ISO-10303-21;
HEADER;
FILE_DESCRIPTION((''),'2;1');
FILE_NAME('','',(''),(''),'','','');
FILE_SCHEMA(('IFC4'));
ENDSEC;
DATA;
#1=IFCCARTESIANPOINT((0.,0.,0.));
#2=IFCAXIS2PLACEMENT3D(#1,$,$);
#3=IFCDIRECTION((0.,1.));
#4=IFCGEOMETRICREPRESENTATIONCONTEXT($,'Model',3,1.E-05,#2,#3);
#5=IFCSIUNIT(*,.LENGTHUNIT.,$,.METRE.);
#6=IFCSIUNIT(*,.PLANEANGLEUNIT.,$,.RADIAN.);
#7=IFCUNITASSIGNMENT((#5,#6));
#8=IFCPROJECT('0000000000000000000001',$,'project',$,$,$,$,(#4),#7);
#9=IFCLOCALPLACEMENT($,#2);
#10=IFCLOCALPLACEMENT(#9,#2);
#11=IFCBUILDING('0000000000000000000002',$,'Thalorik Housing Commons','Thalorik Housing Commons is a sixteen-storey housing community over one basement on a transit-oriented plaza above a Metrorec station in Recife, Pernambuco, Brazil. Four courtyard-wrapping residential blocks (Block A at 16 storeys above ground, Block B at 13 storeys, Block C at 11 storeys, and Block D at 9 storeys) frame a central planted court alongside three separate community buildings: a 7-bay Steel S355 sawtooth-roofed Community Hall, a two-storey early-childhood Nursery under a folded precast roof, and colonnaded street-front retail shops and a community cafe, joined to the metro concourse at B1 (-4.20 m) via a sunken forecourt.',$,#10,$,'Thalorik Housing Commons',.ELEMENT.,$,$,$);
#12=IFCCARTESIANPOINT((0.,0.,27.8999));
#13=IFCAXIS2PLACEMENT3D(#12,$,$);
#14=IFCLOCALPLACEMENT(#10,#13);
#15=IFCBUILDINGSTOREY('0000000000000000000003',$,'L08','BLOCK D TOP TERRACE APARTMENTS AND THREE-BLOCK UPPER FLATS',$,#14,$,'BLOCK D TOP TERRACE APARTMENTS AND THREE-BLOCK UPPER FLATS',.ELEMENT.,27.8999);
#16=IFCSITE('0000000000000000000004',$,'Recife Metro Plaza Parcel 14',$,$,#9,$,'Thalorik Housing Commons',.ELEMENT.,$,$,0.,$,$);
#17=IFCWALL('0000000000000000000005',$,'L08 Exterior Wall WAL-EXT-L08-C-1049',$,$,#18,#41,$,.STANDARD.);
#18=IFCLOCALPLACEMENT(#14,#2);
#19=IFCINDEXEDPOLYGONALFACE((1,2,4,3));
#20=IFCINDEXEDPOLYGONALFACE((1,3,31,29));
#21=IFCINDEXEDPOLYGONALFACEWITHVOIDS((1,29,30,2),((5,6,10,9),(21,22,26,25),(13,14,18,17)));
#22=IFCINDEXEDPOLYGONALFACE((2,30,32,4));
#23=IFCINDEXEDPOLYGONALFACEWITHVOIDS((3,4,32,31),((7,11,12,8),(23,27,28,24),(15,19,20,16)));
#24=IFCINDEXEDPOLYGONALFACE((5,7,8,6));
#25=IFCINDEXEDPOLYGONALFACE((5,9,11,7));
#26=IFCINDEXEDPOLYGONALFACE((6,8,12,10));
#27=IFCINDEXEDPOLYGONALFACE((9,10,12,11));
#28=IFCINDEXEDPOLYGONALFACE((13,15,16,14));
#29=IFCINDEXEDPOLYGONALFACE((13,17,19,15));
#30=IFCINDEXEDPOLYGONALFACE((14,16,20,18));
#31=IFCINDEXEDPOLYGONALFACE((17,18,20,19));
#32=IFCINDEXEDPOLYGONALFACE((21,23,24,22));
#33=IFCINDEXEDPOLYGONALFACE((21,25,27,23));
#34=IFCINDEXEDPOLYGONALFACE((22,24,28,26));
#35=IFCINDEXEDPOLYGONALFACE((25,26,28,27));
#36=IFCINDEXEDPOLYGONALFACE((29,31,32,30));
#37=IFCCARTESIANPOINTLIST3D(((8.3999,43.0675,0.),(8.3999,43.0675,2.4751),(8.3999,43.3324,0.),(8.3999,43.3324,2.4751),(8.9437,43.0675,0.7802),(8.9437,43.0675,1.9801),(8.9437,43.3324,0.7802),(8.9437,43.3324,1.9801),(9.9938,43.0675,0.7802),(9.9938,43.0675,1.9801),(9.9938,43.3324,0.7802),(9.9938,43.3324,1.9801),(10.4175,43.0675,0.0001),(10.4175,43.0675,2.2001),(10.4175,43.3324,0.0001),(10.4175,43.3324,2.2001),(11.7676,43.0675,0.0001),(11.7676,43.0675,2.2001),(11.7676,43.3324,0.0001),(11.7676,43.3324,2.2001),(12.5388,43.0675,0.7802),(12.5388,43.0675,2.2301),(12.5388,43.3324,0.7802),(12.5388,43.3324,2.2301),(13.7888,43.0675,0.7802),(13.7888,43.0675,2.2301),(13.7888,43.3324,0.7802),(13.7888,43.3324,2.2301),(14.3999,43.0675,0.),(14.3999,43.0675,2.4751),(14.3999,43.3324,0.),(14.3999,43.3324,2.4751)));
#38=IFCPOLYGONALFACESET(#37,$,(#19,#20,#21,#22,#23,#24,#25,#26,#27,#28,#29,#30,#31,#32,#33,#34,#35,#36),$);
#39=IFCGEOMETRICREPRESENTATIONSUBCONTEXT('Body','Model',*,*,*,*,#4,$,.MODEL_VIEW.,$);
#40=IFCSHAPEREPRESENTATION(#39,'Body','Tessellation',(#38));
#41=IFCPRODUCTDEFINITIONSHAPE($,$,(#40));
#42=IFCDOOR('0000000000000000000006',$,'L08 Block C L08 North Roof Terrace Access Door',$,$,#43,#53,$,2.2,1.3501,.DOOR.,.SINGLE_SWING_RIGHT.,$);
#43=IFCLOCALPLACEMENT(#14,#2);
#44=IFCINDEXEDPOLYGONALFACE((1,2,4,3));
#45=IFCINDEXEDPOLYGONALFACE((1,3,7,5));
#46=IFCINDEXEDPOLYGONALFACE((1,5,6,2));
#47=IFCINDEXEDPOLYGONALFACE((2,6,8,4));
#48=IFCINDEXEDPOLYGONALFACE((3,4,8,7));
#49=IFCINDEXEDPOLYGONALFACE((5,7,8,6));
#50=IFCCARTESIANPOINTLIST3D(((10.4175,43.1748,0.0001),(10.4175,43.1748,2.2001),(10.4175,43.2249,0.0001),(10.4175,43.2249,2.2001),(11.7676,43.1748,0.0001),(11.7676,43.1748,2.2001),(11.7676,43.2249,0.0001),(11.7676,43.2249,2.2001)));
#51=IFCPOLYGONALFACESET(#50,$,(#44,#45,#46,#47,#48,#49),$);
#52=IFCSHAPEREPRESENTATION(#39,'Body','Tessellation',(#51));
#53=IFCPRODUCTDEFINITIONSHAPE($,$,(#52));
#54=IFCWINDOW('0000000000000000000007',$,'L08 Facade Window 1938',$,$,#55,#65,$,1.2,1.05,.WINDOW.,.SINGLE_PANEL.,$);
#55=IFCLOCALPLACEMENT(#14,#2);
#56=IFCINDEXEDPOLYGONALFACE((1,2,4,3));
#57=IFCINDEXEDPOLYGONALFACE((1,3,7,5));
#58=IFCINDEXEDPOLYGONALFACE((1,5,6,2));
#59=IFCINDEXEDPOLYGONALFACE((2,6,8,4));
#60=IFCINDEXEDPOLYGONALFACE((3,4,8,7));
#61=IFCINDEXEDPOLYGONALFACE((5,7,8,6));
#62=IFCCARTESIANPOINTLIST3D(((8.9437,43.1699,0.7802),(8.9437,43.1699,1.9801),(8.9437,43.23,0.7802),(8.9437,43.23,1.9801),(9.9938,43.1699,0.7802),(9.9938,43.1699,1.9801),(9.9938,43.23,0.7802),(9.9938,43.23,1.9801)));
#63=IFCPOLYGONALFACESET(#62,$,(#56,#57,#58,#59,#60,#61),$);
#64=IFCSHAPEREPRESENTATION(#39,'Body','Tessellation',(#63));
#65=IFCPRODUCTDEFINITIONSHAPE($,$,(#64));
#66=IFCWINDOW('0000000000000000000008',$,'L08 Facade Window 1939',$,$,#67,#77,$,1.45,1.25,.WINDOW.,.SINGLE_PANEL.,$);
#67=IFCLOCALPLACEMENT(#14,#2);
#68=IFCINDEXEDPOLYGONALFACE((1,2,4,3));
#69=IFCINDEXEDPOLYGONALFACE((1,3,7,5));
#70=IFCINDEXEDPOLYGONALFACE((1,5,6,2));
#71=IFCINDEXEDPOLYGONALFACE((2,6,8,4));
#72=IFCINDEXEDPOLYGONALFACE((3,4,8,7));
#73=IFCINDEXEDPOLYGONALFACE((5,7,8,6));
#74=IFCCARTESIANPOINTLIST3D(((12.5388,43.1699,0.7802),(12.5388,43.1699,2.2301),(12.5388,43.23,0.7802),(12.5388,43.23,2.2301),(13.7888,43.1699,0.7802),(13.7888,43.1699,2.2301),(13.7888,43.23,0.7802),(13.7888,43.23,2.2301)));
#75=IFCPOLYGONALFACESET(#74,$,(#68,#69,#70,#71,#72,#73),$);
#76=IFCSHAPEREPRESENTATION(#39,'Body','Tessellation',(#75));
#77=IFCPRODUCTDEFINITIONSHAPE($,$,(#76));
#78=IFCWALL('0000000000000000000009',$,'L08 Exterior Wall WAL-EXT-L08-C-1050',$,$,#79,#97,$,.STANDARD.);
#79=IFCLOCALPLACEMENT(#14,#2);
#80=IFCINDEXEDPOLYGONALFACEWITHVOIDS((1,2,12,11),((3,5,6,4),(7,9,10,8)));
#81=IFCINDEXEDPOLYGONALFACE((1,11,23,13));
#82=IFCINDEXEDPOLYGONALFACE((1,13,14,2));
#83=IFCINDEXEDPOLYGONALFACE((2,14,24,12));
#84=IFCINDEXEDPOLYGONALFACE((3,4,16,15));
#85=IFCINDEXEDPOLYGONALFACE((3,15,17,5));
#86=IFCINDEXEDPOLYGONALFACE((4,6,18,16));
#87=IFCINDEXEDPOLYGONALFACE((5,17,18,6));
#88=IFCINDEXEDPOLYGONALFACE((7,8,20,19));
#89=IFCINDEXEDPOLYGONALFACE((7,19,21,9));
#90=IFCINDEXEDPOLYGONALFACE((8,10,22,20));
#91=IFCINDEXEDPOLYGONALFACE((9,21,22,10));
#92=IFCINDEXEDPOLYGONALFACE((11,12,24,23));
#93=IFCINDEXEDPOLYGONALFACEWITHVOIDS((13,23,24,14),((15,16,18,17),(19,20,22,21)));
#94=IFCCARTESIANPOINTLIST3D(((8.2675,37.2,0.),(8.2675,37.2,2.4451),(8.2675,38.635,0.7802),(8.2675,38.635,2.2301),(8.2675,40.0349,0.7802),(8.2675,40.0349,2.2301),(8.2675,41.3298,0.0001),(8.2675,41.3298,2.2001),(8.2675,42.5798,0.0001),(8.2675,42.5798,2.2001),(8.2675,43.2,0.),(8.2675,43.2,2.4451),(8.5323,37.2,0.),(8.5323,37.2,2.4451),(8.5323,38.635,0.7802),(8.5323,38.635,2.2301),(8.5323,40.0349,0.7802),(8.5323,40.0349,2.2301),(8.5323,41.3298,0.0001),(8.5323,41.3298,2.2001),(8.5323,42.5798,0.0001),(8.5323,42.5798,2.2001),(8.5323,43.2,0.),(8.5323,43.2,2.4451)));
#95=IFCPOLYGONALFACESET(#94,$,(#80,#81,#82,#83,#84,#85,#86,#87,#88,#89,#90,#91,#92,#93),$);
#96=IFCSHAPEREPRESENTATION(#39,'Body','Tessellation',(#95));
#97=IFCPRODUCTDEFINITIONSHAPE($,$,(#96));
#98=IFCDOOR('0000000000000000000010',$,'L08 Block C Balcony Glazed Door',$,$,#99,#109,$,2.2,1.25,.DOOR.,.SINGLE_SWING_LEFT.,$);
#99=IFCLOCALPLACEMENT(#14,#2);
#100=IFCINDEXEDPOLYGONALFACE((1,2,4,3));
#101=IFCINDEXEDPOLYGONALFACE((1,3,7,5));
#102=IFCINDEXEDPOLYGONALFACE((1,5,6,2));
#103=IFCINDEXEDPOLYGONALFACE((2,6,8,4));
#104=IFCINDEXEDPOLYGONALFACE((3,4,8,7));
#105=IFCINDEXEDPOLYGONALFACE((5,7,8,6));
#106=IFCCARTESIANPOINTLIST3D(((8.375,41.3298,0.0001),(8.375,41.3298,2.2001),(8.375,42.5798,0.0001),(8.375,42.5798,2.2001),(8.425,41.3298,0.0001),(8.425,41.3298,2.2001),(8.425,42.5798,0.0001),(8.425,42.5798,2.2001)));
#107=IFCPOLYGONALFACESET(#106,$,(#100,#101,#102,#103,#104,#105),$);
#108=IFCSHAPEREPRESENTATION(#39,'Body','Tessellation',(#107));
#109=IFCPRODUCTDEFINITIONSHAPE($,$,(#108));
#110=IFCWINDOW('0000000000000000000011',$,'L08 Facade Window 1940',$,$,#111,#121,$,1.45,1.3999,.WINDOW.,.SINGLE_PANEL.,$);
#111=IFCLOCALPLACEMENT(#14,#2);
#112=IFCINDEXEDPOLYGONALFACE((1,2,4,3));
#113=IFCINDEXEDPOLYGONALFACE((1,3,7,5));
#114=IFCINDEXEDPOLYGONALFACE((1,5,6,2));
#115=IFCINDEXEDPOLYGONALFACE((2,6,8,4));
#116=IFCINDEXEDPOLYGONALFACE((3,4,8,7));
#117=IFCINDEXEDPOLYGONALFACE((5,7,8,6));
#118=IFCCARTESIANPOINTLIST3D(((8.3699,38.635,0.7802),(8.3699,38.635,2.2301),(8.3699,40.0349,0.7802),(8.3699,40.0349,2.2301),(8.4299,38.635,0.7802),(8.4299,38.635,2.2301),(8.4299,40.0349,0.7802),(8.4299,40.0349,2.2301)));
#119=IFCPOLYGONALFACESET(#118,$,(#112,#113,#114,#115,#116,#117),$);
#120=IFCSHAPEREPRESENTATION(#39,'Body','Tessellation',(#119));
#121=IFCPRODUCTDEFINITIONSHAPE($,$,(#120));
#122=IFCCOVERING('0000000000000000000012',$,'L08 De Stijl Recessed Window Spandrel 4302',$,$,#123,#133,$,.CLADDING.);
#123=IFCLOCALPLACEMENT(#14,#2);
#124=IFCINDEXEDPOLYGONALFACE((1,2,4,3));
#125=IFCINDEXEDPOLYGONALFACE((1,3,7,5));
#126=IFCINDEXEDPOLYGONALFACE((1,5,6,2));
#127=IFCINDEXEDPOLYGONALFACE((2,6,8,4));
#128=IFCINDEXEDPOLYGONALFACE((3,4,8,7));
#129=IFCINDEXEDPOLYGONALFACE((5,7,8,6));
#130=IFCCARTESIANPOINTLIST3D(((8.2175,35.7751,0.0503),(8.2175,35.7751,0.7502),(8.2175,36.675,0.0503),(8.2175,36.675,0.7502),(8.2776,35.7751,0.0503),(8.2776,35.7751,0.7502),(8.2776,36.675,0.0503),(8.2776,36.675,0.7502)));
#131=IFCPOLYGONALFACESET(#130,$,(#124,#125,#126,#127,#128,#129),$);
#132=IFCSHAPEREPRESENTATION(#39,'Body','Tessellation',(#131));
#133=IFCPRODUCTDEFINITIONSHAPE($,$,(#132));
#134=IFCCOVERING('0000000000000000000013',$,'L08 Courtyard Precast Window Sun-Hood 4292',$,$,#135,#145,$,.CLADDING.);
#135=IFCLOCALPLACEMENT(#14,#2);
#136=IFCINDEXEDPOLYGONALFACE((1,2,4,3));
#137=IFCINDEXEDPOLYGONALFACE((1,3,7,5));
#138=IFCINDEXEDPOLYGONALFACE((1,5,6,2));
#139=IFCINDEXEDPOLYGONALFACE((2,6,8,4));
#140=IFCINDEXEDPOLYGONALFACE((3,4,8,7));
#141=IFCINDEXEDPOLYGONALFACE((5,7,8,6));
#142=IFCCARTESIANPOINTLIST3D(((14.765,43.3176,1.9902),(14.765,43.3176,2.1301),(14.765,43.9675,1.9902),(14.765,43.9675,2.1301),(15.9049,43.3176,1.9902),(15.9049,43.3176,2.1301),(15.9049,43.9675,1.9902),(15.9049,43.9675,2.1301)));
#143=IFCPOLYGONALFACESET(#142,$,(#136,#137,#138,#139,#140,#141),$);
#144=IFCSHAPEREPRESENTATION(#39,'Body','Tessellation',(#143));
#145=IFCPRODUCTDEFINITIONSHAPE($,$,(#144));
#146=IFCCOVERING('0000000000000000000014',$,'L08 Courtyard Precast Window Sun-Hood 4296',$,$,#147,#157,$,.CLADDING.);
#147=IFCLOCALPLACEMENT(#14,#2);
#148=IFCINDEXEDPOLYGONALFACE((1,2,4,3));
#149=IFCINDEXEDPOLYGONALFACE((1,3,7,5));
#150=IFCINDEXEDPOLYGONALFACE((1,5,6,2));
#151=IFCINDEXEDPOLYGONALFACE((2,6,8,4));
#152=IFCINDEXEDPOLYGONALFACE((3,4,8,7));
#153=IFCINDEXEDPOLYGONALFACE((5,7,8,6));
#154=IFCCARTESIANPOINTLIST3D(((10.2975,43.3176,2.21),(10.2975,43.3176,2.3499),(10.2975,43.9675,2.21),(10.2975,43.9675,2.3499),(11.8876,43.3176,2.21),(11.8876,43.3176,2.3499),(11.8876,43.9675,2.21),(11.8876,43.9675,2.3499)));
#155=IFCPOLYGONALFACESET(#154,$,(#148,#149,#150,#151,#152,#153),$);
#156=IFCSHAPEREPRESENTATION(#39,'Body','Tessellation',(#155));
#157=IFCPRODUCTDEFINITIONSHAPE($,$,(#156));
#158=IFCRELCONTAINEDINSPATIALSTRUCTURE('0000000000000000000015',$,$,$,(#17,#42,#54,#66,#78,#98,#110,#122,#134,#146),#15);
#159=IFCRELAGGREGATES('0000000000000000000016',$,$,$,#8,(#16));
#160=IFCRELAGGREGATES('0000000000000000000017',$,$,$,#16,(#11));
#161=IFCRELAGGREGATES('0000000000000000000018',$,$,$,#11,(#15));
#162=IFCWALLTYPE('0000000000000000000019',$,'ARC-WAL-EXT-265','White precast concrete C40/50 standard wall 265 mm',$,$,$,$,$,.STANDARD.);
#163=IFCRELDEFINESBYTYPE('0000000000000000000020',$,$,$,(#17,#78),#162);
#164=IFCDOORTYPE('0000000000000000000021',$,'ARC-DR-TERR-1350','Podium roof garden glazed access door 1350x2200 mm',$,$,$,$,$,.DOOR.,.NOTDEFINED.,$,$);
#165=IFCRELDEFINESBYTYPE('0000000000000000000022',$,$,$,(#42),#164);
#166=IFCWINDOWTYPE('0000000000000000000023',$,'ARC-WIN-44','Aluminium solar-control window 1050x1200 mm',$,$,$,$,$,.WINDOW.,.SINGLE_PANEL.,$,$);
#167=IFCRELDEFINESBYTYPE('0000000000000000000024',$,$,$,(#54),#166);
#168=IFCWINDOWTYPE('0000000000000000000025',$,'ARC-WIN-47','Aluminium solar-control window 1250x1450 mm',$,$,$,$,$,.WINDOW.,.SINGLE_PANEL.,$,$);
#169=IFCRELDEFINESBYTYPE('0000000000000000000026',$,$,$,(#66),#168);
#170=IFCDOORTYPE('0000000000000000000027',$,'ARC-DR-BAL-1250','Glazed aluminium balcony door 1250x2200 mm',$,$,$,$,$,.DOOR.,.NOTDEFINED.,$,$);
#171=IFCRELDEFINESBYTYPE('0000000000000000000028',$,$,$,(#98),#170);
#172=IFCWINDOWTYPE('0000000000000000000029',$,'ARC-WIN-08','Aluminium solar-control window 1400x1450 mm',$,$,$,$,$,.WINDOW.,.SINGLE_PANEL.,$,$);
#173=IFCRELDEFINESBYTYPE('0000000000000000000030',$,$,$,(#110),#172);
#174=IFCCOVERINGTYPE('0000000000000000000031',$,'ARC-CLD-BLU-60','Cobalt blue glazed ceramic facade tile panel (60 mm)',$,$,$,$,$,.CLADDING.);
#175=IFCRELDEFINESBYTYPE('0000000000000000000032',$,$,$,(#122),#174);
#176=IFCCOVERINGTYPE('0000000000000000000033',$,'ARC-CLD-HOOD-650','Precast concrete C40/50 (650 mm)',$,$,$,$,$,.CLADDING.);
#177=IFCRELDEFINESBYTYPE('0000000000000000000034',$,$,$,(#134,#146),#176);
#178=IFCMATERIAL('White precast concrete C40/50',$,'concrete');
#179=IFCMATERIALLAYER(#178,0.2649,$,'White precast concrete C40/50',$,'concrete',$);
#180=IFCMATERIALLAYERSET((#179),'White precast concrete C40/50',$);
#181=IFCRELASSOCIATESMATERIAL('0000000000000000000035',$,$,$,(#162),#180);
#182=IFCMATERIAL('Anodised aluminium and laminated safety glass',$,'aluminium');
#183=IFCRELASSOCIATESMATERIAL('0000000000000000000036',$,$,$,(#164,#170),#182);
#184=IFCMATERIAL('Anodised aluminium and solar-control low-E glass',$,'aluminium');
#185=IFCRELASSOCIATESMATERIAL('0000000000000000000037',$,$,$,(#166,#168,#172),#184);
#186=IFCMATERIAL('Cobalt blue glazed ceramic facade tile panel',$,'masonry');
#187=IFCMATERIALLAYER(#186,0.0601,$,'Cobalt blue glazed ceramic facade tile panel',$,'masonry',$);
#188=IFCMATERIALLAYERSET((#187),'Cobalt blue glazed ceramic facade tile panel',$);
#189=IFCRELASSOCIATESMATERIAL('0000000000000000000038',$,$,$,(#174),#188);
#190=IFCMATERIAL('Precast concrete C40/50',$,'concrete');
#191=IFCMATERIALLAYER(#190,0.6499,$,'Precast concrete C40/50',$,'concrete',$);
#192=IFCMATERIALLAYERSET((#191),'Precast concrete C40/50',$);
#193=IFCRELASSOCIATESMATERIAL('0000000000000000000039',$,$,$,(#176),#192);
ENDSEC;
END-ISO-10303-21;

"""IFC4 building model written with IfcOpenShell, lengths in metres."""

from ifc_helpers import new_model, si_unit, direction, frame, frame_2d, origin, origin_2d, place, context, subcontext, project, spatial, rectangle, extrude, material, layer, layer_set, type_object, element, fill, save


model = new_model("IFC4")

# Units and contexts
model_context = context("Model", 3, precision=1e-05, world=origin(), true_north=direction((0.0, 1.0)))
body_context = subcontext(model_context, "Body", "Model", "MODEL_VIEW")
ifc_project = project(units=[si_unit("LENGTHUNIT", "METRE"), si_unit("PLANEANGLEUNIT", "RADIAN")], contexts=[model_context])

# Site, building, storey
site_placement = place(None, origin())
site = spatial("IfcSite", under=ifc_project, at=site_placement, Name="Recife Metro Plaza Parcel 14", LongName="Thalorik Housing Commons", CompositionType="ELEMENT", RefElevation=0.0)
building_placement = place(site_placement, origin())
building = spatial("IfcBuilding", under=site, at=building_placement, Name="Thalorik Housing Commons", Description="Thalorik Housing Commons is a sixteen-storey housing community over one basement on a transit-oriented plaza above a Metrorec station in Recife, Pernambuco, Brazil. Four courtyard-wrapping residential blocks (Block A at 16 storeys above ground, Block B at 13 storeys, Block C at 11 storeys, and Block D at 9 storeys) frame a central planted court alongside three separate community buildings: a 7-bay Steel S355 sawtooth-roofed Community Hall, a two-storey early-childhood Nursery under a folded precast roof, and colonnaded street-front retail shops and a community cafe, joined to the metro concourse at B1 (-4.20 m) via a sunken forecourt.", LongName="Thalorik Housing Commons", CompositionType="ELEMENT")
storey_placement = place(building_placement, frame((0.0, 0.0, 27.8999)))
storey = spatial("IfcBuildingStorey", under=building, at=storey_placement, Name="L08", Description="BLOCK D TOP TERRACE APARTMENTS AND THREE-BLOCK UPPER FLATS", LongName="BLOCK D TOP TERRACE APARTMENTS AND THREE-BLOCK UPPER FLATS", CompositionType="ELEMENT", Elevation=27.8999)

# Shared definitions
ifc_material_1 = material(Name="Precast concrete C40/50", Category="concrete")

# Wall, openings, door, windows
ifc_material_2 = material(Name="White precast concrete C40/50", Category="concrete")
ifc_layer_1 = layer(ifc_material_2, 0.2649, Name="White precast concrete C40/50", Category="concrete")
ifc_layer_set_1 = layer_set([ifc_layer_1], Name="White precast concrete C40/50")
wall_type = type_object("IfcWallType", Name="ARC-WAL-EXT-265", Description="White precast concrete C40/50 standard wall 265 mm", PredefinedType="STANDARD", material=ifc_layer_set_1)
wall_1_placement = place(storey_placement, frame((14.3999, 43.2, 0.0), z_axis=(0.0, 0.0, 1.0), x_axis=(-1.0, 0.0, 0.0)))
wall_1 = element("IfcWall", 1, at=wall_1_placement, inside=storey, type_object=wall_type, Name="L08 Exterior Wall WAL-EXT-L08-C-1049", PredefinedType="STANDARD", context=body_context, shape_type="SweptSolid", body=[
    extrude(rectangle(XDim=6.0, YDim=0.2649, at=frame_2d((3.0, 0.0))), origin(), (0.0, 0.0, 1.0), 2.4751),
])
opening_1_placement = place(wall_1_placement, frame((2.6323, 0.0, 0.0)))
opening_1 = element("IfcOpeningElement", 2, at=opening_1_placement, cuts=wall_1, PredefinedType="OPENING", context=body_context, shape_type="SweptSolid", body=[
    extrude(rectangle(XDim=1.3501, YDim=2.2, at=frame_2d((0.675, 1.1001))), frame((0.0, 0.1426, 0.0), z_axis=(0.0, -1.0, 0.0), x_axis=(1.0, 0.0, 0.0)), (0.0, 0.0, 1.0), 0.2849),
])
opening_2_placement = place(wall_1_placement, frame((4.4062, 0.0, 0.78)))
opening_2 = element("IfcOpeningElement", 3, at=opening_2_placement, cuts=wall_1, PredefinedType="OPENING", context=body_context, shape_type="SweptSolid", body=[
    extrude(rectangle(XDim=1.05, YDim=1.2, at=frame_2d((0.5249, 0.6001))), frame((0.0, 0.1426, 0.0), z_axis=(0.0, -1.0, 0.0), x_axis=(1.0, 0.0, 0.0)), (0.0, 0.0, 1.0), 0.2849),
])
opening_3_placement = place(wall_1_placement, frame((0.6111, 0.0, 0.78)))
opening_3 = element("IfcOpeningElement", 4, at=opening_3_placement, cuts=wall_1, PredefinedType="OPENING", context=body_context, shape_type="SweptSolid", body=[
    extrude(rectangle(XDim=1.25, YDim=1.45, at=frame_2d((0.625, 0.7251))), frame((0.0, 0.1426, 0.0), z_axis=(0.0, -1.0, 0.0), x_axis=(1.0, 0.0, 0.0)), (0.0, 0.0, 1.0), 0.2849),
])
ifc_material_3 = material(Name="Anodised aluminium and laminated safety glass", Category="aluminium")
door_type_1 = type_object("IfcDoorType", Name="ARC-DR-TERR-1350", Description="Podium roof garden glazed access door 1350x2200 mm", OperationType="NOTDEFINED", PredefinedType="DOOR", material=ifc_material_3)
door_1_placement = place(opening_1_placement, frame((1.3501, 0.0, 0.0), z_axis=(0.0, 0.0, 1.0), x_axis=(-1.0, 0.0, 0.0)))
door_1 = element("IfcDoor", 5, at=door_1_placement, inside=storey, type_object=door_type_1, Name="L08 Block C L08 North Roof Terrace Access Door", OperationType="SINGLE_SWING_RIGHT", OverallHeight=2.2, OverallWidth=1.3501, PredefinedType="DOOR", context=body_context, shape_type="SweptSolid", body=[
    extrude(rectangle(XDim=1.3501, YDim=2.2, at=frame_2d((0.675, 1.1001))), frame((0.0, 0.0249, 0.0), z_axis=(0.0, -1.0, 0.0), x_axis=(1.0, 0.0, 0.0)), (0.0, 0.0, 1.0), 0.05),
])
fill(opening_1, door_1)
ifc_material_4 = material(Name="Anodised aluminium and solar-control low-E glass", Category="aluminium")
window_type_1 = type_object("IfcWindowType", Name="ARC-WIN-44", Description="Aluminium solar-control window 1050x1200 mm", PartitioningType="SINGLE_PANEL", PredefinedType="WINDOW", material=ifc_material_4)
window_1_placement = place(opening_2_placement, origin())
window_1 = element("IfcWindow", 6, at=window_1_placement, inside=storey, type_object=window_type_1, Name="L08 Facade Window 1938", OverallHeight=1.2, OverallWidth=1.05, PartitioningType="SINGLE_PANEL", PredefinedType="WINDOW", context=body_context, shape_type="SweptSolid", body=[
    extrude(rectangle(XDim=1.05, YDim=1.2, at=frame_2d((0.5249, 0.6001))), frame((0.0, 0.03, 0.0), z_axis=(0.0, -1.0, 0.0), x_axis=(1.0, 0.0, 0.0)), (0.0, 0.0, 1.0), 0.0601),
])
fill(opening_2, window_1)
window_type_2 = type_object("IfcWindowType", Name="ARC-WIN-47", Description="Aluminium solar-control window 1250x1450 mm", PartitioningType="SINGLE_PANEL", PredefinedType="WINDOW", material=ifc_material_4)
window_2_placement = place(opening_3_placement, origin())
window_2 = element("IfcWindow", 7, at=window_2_placement, inside=storey, type_object=window_type_2, Name="L08 Facade Window 1939", OverallHeight=1.45, OverallWidth=1.25, PartitioningType="SINGLE_PANEL", PredefinedType="WINDOW", context=body_context, shape_type="SweptSolid", body=[
    extrude(rectangle(XDim=1.25, YDim=1.45, at=frame_2d((0.625, 0.7251))), frame((0.0, 0.03, 0.0), z_axis=(0.0, -1.0, 0.0), x_axis=(1.0, 0.0, 0.0)), (0.0, 0.0, 1.0), 0.0601),
])
fill(opening_3, window_2)

# Wall, openings, door, window
wall_2_placement = place(storey_placement, frame((8.3999, 43.2, 0.0), z_axis=(0.0, 0.0, 1.0), x_axis=(0.0, -1.0, 0.0)))
wall_2 = element("IfcWall", 8, at=wall_2_placement, inside=storey, type_object=wall_type, Name="L08 Exterior Wall WAL-EXT-L08-C-1050", PredefinedType="STANDARD", context=body_context, shape_type="SweptSolid", body=[
    extrude(rectangle(XDim=6.0, YDim=0.2649, at=frame_2d((3.0, 0.0))), origin(), (0.0, 0.0, 1.0), 2.4451),
])
opening_4_placement = place(wall_2_placement, frame((0.6201, 0.0, 0.0)))
opening_4 = element("IfcOpeningElement", 9, at=opening_4_placement, cuts=wall_2, PredefinedType="OPENING", context=body_context, shape_type="SweptSolid", body=[
    extrude(rectangle(XDim=1.25, YDim=2.2, at=frame_2d((0.625, 1.1001))), frame((0.0, 0.1426, 0.0), z_axis=(0.0, -1.0, 0.0), x_axis=(1.0, 0.0, 0.0)), (0.0, 0.0, 1.0), 0.2849),
])
opening_5_placement = place(wall_2_placement, frame((3.165, 0.0, 0.78)))
opening_5 = element("IfcOpeningElement", 10, at=opening_5_placement, cuts=wall_2, PredefinedType="OPENING", context=body_context, shape_type="SweptSolid", body=[
    extrude(rectangle(XDim=1.3999, YDim=1.45, at=frame_2d((0.7, 0.7251))), frame((0.0, 0.1426, 0.0), z_axis=(0.0, -1.0, 0.0), x_axis=(1.0, 0.0, 0.0)), (0.0, 0.0, 1.0), 0.2849),
])
door_type_2 = type_object("IfcDoorType", Name="ARC-DR-BAL-1250", Description="Glazed aluminium balcony door 1250x2200 mm", OperationType="NOTDEFINED", PredefinedType="DOOR", material=ifc_material_3)
door_2_placement = place(opening_4_placement, frame((1.25, 0.0, 0.0), z_axis=(0.0, 0.0, 1.0), x_axis=(-1.0, 0.0, 0.0)))
door_2 = element("IfcDoor", 11, at=door_2_placement, inside=storey, type_object=door_type_2, Name="L08 Block C Balcony Glazed Door", OperationType="SINGLE_SWING_LEFT", OverallHeight=2.2, OverallWidth=1.25, PredefinedType="DOOR", context=body_context, shape_type="SweptSolid", body=[
    extrude(rectangle(XDim=1.25, YDim=2.2, at=frame_2d((0.625, 1.1001))), frame((0.0, 0.0249, 0.0), z_axis=(0.0, -1.0, 0.0), x_axis=(1.0, 0.0, 0.0)), (0.0, 0.0, 1.0), 0.05),
])
fill(opening_4, door_2)
window_type_3 = type_object("IfcWindowType", Name="ARC-WIN-08", Description="Aluminium solar-control window 1400x1450 mm", PartitioningType="SINGLE_PANEL", PredefinedType="WINDOW", material=ifc_material_4)
window_3_placement = place(opening_5_placement, origin())
window_3 = element("IfcWindow", 12, at=window_3_placement, inside=storey, type_object=window_type_3, Name="L08 Facade Window 1940", OverallHeight=1.45, OverallWidth=1.3999, PartitioningType="SINGLE_PANEL", PredefinedType="WINDOW", context=body_context, shape_type="SweptSolid", body=[
    extrude(rectangle(XDim=1.3999, YDim=1.45, at=frame_2d((0.7, 0.7251))), frame((0.0, 0.03, 0.0), z_axis=(0.0, -1.0, 0.0), x_axis=(1.0, 0.0, 0.0)), (0.0, 0.0, 1.0), 0.0601),
])
fill(opening_5, window_3)

# Coverings
ifc_material_5 = material(Name="Cobalt blue glazed ceramic facade tile panel", Category="masonry")
ifc_layer_2 = layer(ifc_material_5, 0.0601, Name="Cobalt blue glazed ceramic facade tile panel", Category="masonry")
ifc_layer_set_2 = layer_set([ifc_layer_2], Name="Cobalt blue glazed ceramic facade tile panel")
covering_type_1 = type_object("IfcCoveringType", Name="ARC-CLD-BLU-60", Description="Cobalt blue glazed ceramic facade tile panel (60 mm)", PredefinedType="CLADDING", material=ifc_layer_set_2)
covering_1_placement = place(storey_placement, frame((8.2476, 36.2251, 0.0503), z_axis=(0.0, 0.0, 1.0), x_axis=(0.0, -1.0, 0.0)))
element("IfcCovering", 13, at=covering_1_placement, inside=storey, type_object=covering_type_1, Name="L08 De Stijl Recessed Window Spandrel 4302", PredefinedType="CLADDING", context=body_context, shape_type="SweptSolid", body=[
    extrude(rectangle(XDim=0.8999, YDim=0.0601, at=origin_2d()), origin(), (0.0, 0.0, 1.0), 0.7),
])
ifc_layer_3 = layer(ifc_material_1, 0.6499, Name="Precast concrete C40/50", Category="concrete")
ifc_layer_set_3 = layer_set([ifc_layer_3], Name="Precast concrete C40/50")
covering_type_2 = type_object("IfcCoveringType", Name="ARC-CLD-HOOD-650", Description="Precast concrete C40/50 (650 mm)", PredefinedType="CLADDING", material=ifc_layer_set_3)
covering_2_placement = place(storey_placement, frame((15.335, 43.6426, 1.9902), z_axis=(0.0, 0.0, 1.0), x_axis=(-1.0, 0.0, 0.0)))
element("IfcCovering", 14, at=covering_2_placement, inside=storey, type_object=covering_type_2, Name="L08 Courtyard Precast Window Sun-Hood 4292", PredefinedType="CLADDING", context=body_context, shape_type="SweptSolid", body=[
    extrude(rectangle(XDim=1.1399, YDim=0.6499, at=origin_2d()), origin(), (0.0, 0.0, 1.0), 0.1399),
])
covering_3_placement = place(storey_placement, frame((11.0925, 43.6426, 2.21), z_axis=(0.0, 0.0, 1.0), x_axis=(-1.0, 0.0, 0.0)))
element("IfcCovering", 15, at=covering_3_placement, inside=storey, type_object=covering_type_2, Name="L08 Courtyard Precast Window Sun-Hood 4296", PredefinedType="CLADDING", context=body_context, shape_type="SweptSolid", body=[
    extrude(rectangle(XDim=1.5901, YDim=0.6499, at=origin_2d()), origin(), (0.0, 0.0, 1.0), 0.1399),
])

save(model, "model.ifc")
